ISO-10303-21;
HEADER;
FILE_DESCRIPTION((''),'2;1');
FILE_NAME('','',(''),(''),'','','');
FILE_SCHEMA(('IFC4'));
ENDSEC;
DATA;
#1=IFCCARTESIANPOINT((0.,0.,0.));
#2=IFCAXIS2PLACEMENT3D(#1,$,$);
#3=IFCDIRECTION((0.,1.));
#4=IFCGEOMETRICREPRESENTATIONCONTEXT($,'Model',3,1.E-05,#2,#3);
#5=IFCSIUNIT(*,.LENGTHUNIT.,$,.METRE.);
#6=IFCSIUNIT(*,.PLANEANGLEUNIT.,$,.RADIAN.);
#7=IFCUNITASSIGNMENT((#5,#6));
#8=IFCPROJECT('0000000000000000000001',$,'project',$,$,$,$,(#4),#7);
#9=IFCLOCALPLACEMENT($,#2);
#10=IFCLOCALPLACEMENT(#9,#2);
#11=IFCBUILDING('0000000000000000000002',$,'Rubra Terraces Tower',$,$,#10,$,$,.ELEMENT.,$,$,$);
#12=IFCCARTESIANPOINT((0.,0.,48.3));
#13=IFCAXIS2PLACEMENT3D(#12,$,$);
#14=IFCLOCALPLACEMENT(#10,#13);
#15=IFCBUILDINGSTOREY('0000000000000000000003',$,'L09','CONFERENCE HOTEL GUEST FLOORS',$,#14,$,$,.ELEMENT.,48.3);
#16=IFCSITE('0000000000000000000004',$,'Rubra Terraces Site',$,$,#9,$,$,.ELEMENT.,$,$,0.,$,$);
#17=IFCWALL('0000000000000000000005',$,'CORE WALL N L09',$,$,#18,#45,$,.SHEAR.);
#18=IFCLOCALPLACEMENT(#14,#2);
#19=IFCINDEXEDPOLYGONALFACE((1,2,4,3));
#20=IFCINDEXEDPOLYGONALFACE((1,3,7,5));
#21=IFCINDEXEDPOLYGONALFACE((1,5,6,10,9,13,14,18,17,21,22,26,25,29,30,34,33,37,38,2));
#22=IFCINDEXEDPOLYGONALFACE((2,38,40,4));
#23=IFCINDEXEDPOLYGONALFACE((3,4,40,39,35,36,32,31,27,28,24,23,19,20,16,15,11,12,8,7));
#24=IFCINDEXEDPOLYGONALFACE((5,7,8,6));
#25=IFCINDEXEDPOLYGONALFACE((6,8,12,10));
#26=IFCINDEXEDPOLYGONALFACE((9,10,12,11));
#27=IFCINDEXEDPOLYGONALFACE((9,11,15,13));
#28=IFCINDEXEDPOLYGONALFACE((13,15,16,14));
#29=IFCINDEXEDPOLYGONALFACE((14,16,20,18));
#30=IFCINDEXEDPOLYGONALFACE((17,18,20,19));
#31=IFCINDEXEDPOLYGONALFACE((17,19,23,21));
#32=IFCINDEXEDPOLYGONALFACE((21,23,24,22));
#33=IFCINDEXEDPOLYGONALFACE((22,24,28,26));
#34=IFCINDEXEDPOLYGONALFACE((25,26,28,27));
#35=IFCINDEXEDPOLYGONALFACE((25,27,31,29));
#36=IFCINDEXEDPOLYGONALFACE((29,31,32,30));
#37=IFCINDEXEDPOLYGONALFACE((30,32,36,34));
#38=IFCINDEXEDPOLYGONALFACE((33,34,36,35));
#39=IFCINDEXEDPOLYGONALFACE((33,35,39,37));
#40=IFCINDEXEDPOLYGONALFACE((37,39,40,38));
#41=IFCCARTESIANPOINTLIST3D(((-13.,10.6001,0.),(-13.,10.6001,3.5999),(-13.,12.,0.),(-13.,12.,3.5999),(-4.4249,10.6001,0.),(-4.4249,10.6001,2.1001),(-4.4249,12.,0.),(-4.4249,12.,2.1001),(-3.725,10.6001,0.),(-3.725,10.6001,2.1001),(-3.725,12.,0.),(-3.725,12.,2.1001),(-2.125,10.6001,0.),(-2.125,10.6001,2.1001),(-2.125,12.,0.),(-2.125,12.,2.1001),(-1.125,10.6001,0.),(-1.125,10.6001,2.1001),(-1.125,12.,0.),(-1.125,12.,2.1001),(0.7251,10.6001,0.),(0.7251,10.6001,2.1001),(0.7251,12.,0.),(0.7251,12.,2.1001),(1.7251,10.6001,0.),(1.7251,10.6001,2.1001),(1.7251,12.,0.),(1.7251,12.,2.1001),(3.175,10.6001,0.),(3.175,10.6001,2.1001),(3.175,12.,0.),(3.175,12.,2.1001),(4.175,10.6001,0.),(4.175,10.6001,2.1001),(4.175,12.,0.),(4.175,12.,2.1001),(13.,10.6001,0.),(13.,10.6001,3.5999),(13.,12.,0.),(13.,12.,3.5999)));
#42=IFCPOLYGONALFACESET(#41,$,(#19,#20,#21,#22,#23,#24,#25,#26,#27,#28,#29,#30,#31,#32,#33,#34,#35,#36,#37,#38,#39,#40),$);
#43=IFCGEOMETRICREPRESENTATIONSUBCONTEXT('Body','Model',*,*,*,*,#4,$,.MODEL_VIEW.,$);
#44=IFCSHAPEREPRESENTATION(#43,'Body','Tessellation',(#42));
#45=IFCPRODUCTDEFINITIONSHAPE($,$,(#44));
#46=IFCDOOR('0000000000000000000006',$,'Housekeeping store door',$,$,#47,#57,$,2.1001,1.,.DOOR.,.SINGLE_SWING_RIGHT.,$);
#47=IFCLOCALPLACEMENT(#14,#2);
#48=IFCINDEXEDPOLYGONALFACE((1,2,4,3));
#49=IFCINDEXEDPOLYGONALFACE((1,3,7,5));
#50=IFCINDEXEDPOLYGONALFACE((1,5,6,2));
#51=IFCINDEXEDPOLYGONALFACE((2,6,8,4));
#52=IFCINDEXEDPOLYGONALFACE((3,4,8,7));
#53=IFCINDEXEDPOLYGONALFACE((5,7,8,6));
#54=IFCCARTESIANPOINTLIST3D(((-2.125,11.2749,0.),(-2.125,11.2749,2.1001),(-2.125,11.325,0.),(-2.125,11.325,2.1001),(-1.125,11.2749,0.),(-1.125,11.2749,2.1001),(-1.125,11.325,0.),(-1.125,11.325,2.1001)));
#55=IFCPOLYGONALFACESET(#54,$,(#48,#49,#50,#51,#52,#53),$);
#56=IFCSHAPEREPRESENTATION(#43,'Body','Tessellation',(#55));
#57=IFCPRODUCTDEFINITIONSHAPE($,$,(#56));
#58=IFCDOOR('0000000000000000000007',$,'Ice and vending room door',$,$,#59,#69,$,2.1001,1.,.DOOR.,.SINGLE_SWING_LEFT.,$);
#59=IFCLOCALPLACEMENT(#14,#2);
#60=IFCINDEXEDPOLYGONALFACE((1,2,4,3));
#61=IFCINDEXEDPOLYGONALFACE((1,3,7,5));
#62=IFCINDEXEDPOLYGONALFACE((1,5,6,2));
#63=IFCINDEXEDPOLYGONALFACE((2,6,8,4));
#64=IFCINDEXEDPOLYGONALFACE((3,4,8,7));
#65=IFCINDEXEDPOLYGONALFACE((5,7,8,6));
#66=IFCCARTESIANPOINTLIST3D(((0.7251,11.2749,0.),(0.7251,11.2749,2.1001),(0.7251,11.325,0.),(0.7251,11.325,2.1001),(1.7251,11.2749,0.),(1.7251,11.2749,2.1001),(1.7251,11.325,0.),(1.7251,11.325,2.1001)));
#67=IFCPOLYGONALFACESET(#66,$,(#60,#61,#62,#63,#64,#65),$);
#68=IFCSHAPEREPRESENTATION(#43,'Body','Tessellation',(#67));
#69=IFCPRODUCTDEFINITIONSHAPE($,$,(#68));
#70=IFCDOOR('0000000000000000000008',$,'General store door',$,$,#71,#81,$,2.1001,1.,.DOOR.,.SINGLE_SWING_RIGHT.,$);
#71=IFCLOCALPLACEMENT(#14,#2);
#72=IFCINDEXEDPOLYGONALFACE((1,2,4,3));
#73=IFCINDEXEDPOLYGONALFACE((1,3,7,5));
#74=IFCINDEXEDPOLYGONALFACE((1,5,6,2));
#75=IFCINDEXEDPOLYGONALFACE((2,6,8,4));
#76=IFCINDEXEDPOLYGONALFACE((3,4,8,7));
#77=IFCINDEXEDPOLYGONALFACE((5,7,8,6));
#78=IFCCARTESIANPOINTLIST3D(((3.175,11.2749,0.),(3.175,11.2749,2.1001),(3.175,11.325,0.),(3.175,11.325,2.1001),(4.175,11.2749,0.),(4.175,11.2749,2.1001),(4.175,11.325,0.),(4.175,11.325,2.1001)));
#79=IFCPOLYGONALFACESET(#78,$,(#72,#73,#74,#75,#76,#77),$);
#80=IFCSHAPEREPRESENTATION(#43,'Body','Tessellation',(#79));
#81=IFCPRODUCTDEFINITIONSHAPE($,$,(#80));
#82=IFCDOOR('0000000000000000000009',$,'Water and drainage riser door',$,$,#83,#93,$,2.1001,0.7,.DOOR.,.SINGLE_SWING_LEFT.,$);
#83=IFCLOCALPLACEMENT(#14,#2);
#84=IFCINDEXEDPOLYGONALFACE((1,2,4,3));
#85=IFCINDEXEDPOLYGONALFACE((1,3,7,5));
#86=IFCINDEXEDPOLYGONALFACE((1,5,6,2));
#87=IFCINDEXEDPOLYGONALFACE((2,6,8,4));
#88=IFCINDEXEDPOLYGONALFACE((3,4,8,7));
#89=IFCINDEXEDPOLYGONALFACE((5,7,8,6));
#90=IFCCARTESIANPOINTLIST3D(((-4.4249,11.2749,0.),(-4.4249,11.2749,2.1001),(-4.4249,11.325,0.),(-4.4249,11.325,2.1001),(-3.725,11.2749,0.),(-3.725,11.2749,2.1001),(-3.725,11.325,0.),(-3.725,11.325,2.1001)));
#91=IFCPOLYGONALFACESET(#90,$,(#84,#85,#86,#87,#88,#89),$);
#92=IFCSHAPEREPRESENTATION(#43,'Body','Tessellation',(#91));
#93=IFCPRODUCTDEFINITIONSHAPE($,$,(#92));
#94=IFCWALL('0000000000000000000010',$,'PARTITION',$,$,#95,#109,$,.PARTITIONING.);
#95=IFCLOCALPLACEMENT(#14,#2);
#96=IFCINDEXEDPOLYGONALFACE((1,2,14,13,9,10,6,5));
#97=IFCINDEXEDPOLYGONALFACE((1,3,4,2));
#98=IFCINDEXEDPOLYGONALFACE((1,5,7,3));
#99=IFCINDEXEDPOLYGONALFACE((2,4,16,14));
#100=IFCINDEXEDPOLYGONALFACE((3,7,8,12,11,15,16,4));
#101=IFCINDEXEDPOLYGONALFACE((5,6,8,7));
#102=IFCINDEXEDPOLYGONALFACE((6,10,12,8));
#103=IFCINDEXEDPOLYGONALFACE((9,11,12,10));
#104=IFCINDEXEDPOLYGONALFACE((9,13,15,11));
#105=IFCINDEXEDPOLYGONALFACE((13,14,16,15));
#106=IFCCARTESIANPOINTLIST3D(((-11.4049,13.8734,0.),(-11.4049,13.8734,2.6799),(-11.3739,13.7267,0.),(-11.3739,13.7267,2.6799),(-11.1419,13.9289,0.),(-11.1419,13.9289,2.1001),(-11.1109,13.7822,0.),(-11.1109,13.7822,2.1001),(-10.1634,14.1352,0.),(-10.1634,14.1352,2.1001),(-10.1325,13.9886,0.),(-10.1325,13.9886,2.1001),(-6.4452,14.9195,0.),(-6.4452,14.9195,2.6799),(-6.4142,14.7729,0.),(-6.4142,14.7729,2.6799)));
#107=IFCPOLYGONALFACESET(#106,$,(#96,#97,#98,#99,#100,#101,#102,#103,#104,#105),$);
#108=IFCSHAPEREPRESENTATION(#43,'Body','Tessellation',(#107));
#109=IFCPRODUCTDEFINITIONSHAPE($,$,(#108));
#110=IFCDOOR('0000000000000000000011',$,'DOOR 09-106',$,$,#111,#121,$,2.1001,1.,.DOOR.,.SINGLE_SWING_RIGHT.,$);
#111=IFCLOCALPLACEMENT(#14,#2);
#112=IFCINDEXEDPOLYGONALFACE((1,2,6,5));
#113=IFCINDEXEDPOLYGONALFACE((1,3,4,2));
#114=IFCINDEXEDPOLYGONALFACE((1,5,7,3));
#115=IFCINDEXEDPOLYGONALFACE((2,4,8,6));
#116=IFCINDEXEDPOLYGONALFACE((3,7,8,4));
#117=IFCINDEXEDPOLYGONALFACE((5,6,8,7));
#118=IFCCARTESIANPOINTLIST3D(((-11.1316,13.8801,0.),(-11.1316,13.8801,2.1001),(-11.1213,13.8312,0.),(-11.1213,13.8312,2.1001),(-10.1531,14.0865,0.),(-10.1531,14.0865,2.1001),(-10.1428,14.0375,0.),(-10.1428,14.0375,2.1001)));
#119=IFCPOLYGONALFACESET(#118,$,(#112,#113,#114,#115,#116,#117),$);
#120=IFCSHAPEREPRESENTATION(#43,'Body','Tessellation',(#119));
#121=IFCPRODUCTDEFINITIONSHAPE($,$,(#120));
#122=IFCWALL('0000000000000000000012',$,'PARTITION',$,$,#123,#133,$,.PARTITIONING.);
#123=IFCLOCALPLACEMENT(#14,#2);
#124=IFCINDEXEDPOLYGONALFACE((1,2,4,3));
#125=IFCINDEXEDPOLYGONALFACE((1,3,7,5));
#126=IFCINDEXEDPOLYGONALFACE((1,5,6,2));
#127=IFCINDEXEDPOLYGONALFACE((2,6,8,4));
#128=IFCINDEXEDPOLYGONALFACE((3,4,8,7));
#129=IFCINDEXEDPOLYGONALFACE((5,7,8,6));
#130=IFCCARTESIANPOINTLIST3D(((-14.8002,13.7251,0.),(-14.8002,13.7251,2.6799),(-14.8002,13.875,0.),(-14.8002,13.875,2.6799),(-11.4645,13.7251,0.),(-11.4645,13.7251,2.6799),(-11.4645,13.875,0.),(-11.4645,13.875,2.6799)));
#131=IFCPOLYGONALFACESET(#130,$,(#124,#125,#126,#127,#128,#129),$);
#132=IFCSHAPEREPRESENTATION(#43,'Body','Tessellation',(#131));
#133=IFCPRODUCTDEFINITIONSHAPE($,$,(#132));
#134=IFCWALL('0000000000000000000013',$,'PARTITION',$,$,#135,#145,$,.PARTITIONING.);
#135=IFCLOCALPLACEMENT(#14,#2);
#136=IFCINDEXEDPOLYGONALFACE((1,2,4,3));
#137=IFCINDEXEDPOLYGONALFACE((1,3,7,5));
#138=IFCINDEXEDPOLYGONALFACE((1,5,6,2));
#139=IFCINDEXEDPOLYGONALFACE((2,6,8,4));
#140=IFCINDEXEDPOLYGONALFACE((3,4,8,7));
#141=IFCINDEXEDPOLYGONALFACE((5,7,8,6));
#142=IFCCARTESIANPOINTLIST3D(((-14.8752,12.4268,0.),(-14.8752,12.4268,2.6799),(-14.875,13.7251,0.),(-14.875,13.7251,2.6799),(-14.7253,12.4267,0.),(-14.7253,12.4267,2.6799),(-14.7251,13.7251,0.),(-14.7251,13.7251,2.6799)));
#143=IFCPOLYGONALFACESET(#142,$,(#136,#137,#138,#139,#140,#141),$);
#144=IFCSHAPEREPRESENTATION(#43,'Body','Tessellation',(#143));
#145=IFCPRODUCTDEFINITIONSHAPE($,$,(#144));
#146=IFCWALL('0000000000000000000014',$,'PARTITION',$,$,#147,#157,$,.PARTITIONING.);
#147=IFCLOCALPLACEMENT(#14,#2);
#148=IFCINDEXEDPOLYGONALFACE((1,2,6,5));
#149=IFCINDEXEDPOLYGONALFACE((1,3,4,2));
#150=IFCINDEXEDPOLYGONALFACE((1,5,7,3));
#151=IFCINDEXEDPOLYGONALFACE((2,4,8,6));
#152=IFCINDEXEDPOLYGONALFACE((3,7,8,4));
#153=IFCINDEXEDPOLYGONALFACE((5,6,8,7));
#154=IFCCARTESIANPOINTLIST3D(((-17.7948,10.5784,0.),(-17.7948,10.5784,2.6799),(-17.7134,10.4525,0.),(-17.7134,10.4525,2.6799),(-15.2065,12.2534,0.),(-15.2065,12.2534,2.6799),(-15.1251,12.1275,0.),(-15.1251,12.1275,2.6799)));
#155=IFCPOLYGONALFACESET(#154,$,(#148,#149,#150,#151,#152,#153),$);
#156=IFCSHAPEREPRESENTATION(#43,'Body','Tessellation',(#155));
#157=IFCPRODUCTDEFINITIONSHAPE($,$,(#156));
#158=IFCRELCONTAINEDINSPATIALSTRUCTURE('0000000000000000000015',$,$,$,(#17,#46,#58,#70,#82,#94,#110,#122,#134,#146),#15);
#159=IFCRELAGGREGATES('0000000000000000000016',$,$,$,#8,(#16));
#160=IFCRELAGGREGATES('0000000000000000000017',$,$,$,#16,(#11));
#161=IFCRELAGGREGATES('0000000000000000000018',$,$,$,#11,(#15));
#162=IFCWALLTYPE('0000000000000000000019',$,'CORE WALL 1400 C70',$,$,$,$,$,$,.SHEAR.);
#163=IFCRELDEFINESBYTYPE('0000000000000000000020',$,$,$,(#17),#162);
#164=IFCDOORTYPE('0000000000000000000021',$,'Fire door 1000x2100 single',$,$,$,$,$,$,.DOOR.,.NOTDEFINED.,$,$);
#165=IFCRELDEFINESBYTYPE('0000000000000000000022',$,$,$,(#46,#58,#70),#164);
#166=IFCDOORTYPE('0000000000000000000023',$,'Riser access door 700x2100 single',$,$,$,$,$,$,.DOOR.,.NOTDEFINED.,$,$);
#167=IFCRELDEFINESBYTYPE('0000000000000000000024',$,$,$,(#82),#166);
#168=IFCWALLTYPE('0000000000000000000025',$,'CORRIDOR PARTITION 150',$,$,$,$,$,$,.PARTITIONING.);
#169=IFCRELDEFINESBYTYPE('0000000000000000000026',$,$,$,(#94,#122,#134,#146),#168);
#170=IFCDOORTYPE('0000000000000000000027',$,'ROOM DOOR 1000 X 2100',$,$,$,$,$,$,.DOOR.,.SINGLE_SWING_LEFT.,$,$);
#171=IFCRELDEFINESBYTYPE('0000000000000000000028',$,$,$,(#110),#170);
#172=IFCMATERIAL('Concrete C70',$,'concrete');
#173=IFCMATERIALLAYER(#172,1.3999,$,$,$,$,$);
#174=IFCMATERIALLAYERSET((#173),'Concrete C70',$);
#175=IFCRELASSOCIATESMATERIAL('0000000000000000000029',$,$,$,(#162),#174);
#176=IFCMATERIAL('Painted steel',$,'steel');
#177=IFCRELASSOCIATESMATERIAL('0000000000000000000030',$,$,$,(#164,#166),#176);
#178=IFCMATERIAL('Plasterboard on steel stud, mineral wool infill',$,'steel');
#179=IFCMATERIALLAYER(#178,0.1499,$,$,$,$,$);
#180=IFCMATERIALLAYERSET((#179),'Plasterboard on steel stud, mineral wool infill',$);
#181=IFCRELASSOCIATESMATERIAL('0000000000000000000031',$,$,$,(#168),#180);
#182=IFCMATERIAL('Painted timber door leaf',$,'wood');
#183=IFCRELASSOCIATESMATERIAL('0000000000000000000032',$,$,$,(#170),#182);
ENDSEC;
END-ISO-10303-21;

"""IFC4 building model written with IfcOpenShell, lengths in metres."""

from ifc_helpers import new_model, si_unit, direction, frame, frame_2d, origin, place, context, subcontext, project, spatial, rectangle, extrude, material, layer, layer_set, type_object, element, fill, save


model = new_model("IFC4")

# Units and contexts
model_context = context("Model", 3, precision=1e-05, world=origin(), true_north=direction((0.0, 1.0)))
body_context = subcontext(model_context, "Body", "Model", "MODEL_VIEW")
ifc_project = project(units=[si_unit("LENGTHUNIT", "METRE"), si_unit("PLANEANGLEUNIT", "RADIAN")], contexts=[model_context])

# Site, building, storey
site_placement = place(None, origin())
site = spatial("IfcSite", under=ifc_project, at=site_placement, Name="Rubra Terraces Site", CompositionType="ELEMENT", RefElevation=0.0)
building_placement = place(site_placement, origin())
building = spatial("IfcBuilding", under=site, at=building_placement, Name="Rubra Terraces Tower", CompositionType="ELEMENT")
storey_placement = place(building_placement, frame((0.0, 0.0, 48.3)))
storey = spatial("IfcBuildingStorey", under=building, at=storey_placement, Name="L09", Description="CONFERENCE HOTEL GUEST FLOORS", CompositionType="ELEMENT", Elevation=48.3)

# Wall, openings, doors
ifc_material_1 = material(Name="Concrete C70", Category="concrete")
ifc_layer_1 = layer(ifc_material_1, 1.3999)
ifc_layer_set_1 = layer_set([ifc_layer_1], Name="Concrete C70")
wall_type_1 = type_object("IfcWallType", Name="CORE WALL 1400 C70", PredefinedType="SHEAR", material=ifc_layer_set_1)
wall_1_placement = place(storey_placement, frame((-13.0, 11.3, 0.0), z_axis=(0.0, 0.0, 1.0), x_axis=(1.0, 0.0, 0.0)))
wall_1 = element("IfcWall", 1, at=wall_1_placement, inside=storey, type_object=wall_type_1, Name="CORE WALL N L09", PredefinedType="SHEAR", context=body_context, shape_type="SweptSolid", body=[
    extrude(rectangle(XDim=26.0, YDim=1.3999, at=frame_2d((13.0, 0.0))), origin(), (0.0, 0.0, 1.0), 3.5999),
])
opening_1_placement = place(wall_1_placement, frame((8.575, 0.0, 0.0)))
opening_1 = element("IfcOpeningElement", 2, at=opening_1_placement, cuts=wall_1, PredefinedType="OPENING", context=body_context, shape_type="SweptSolid", body=[
    extrude(rectangle(XDim=0.7, YDim=2.1001, at=frame_2d((0.3501, 1.05))), frame((0.0, 0.71, 0.0), z_axis=(0.0, -1.0, 0.0), x_axis=(1.0, 0.0, 0.0)), (0.0, 0.0, 1.0), 1.4199),
])
opening_2_placement = place(wall_1_placement, frame((10.875, 0.0, 0.0)))
opening_2 = element("IfcOpeningElement", 3, at=opening_2_placement, cuts=wall_1, PredefinedType="OPENING", context=body_context, shape_type="SweptSolid", body=[
    extrude(rectangle(XDim=1.0, YDim=2.1001, at=frame_2d((0.5, 1.05))), frame((0.0, 0.71, 0.0), z_axis=(0.0, -1.0, 0.0), x_axis=(1.0, 0.0, 0.0)), (0.0, 0.0, 1.0), 1.4199),
])
opening_3_placement = place(wall_1_placement, frame((13.7251, 0.0, 0.0)))
opening_3 = element("IfcOpeningElement", 4, at=opening_3_placement, cuts=wall_1, PredefinedType="OPENING", context=body_context, shape_type="SweptSolid", body=[
    extrude(rectangle(XDim=1.0, YDim=2.1001, at=frame_2d((0.5, 1.05))), frame((0.0, 0.71, 0.0), z_axis=(0.0, -1.0, 0.0), x_axis=(1.0, 0.0, 0.0)), (0.0, 0.0, 1.0), 1.4199),
])
opening_4_placement = place(wall_1_placement, frame((16.175, 0.0, 0.0)))
opening_4 = element("IfcOpeningElement", 5, at=opening_4_placement, cuts=wall_1, PredefinedType="OPENING", context=body_context, shape_type="SweptSolid", body=[
    extrude(rectangle(XDim=1.0, YDim=2.1001, at=frame_2d((0.5, 1.05))), frame((0.0, 0.71, 0.0), z_axis=(0.0, -1.0, 0.0), x_axis=(1.0, 0.0, 0.0)), (0.0, 0.0, 1.0), 1.4199),
])
ifc_material_2 = material(Name="Painted steel", Category="steel")
door_type_1 = type_object("IfcDoorType", Name="Fire door 1000x2100 single", OperationType="NOTDEFINED", PredefinedType="DOOR", material=ifc_material_2)
door_1_placement = place(opening_2_placement, origin())
door_1 = element("IfcDoor", 6, at=door_1_placement, inside=storey, type_object=door_type_1, Name="Housekeeping store door", OperationType="SINGLE_SWING_RIGHT", OverallHeight=2.1001, OverallWidth=1.0, PredefinedType="DOOR", context=body_context, shape_type="SweptSolid", body=[
    extrude(rectangle(XDim=1.0, YDim=2.1001, at=frame_2d((0.5, 1.05))), frame((0.0, 0.0249, 0.0), z_axis=(0.0, -1.0, 0.0), x_axis=(1.0, 0.0, 0.0)), (0.0, 0.0, 1.0), 0.05),
])
fill(opening_2, door_1)
door_2_placement = place(opening_3_placement, origin())
door_2 = element("IfcDoor", 7, at=door_2_placement, inside=storey, type_object=door_type_1, Name="Ice and vending room door", OperationType="SINGLE_SWING_LEFT", OverallHeight=2.1001, OverallWidth=1.0, PredefinedType="DOOR", context=body_context, shape_type="SweptSolid", body=[
    extrude(rectangle(XDim=1.0, YDim=2.1001, at=frame_2d((0.5, 1.05))), frame((0.0, 0.0249, 0.0), z_axis=(0.0, -1.0, 0.0), x_axis=(1.0, 0.0, 0.0)), (0.0, 0.0, 1.0), 0.05),
])
fill(opening_3, door_2)
door_3_placement = place(opening_4_placement, origin())
door_3 = element("IfcDoor", 8, at=door_3_placement, inside=storey, type_object=door_type_1, Name="General store door", OperationType="SINGLE_SWING_RIGHT", OverallHeight=2.1001, OverallWidth=1.0, PredefinedType="DOOR", context=body_context, shape_type="SweptSolid", body=[
    extrude(rectangle(XDim=1.0, YDim=2.1001, at=frame_2d((0.5, 1.05))), frame((0.0, 0.0249, 0.0), z_axis=(0.0, -1.0, 0.0), x_axis=(1.0, 0.0, 0.0)), (0.0, 0.0, 1.0), 0.05),
])
fill(opening_4, door_3)
door_type_2 = type_object("IfcDoorType", Name="Riser access door 700x2100 single", OperationType="NOTDEFINED", PredefinedType="DOOR", material=ifc_material_2)
door_4_placement = place(opening_1_placement, origin())
door_4 = element("IfcDoor", 9, at=door_4_placement, inside=storey, type_object=door_type_2, Name="Water and drainage riser door", OperationType="SINGLE_SWING_LEFT", OverallHeight=2.1001, OverallWidth=0.7, PredefinedType="DOOR", context=body_context, shape_type="SweptSolid", body=[
    extrude(rectangle(XDim=0.7, YDim=2.1001, at=frame_2d((0.3501, 1.05))), frame((0.0, 0.0249, 0.0), z_axis=(0.0, -1.0, 0.0), x_axis=(1.0, 0.0, 0.0)), (0.0, 0.0, 1.0), 0.05),
])
fill(opening_1, door_4)

# Wall, opening, door
ifc_material_3 = material(Name="Plasterboard on steel stud, mineral wool infill", Category="steel")
ifc_layer_2 = layer(ifc_material_3, 0.1499)
ifc_layer_set_2 = layer_set([ifc_layer_2], Name="Plasterboard on steel stud, mineral wool infill")
wall_type_2 = type_object("IfcWallType", Name="CORRIDOR PARTITION 150", PredefinedType="PARTITIONING", material=ifc_layer_set_2)
wall_2_placement = place(storey_placement, frame((-6.4297, 14.8462, 0.0), z_axis=(0.0, 0.0, 1.0), x_axis=(-0.978471, -0.206387, 0.0)))
wall_2 = element("IfcWall", 10, at=wall_2_placement, inside=storey, type_object=wall_type_2, Name="PARTITION", PredefinedType="PARTITIONING", context=body_context, shape_type="SweptSolid", body=[
    extrude(rectangle(XDim=5.0688, YDim=0.1499, at=frame_2d((2.5344, 0.0))), origin(), (0.0, 0.0, 1.0), 2.6799),
])
opening_5_placement = place(wall_2_placement, frame((3.8, 0.0, 0.0)))
opening_5 = element("IfcOpeningElement", 11, at=opening_5_placement, cuts=wall_2, PredefinedType="OPENING", context=body_context, shape_type="SweptSolid", body=[
    extrude(rectangle(XDim=1.0, YDim=2.1001, at=frame_2d((0.5, 1.05))), frame((0.0, 0.085, 0.0), z_axis=(0.0, -1.0, 0.0), x_axis=(1.0, 0.0, 0.0)), (0.0, 0.0, 1.0), 0.1699),
])
ifc_material_4 = material(Name="Painted timber door leaf", Category="wood")
door_type_3 = type_object("IfcDoorType", Name="ROOM DOOR 1000 X 2100", OperationType="SINGLE_SWING_LEFT", PredefinedType="DOOR", material=ifc_material_4)
door_5_placement = place(opening_5_placement, origin())
door_5 = element("IfcDoor", 12, at=door_5_placement, inside=storey, type_object=door_type_3, Name="DOOR 09-106", OperationType="SINGLE_SWING_RIGHT", OverallHeight=2.1001, OverallWidth=1.0, PredefinedType="DOOR", context=body_context, shape_type="SweptSolid", body=[
    extrude(rectangle(XDim=1.0, YDim=2.1001, at=frame_2d((0.5, 1.05))), frame((0.0, 0.0249, 0.0), z_axis=(0.0, -1.0, 0.0), x_axis=(1.0, 0.0, 0.0)), (0.0, 0.0, 1.0), 0.05),
])
fill(opening_5, door_5)

# Walls
wall_3_placement = place(storey_placement, frame((-11.4644, 13.8, 0.0), z_axis=(0.0, 0.0, 1.0), x_axis=(-1.0, 0.0, 0.0)))
element("IfcWall", 13, at=wall_3_placement, inside=storey, type_object=wall_type_2, Name="PARTITION", PredefinedType="PARTITIONING", context=body_context, shape_type="SweptSolid", body=[
    extrude(rectangle(XDim=3.3357, YDim=0.1499, at=frame_2d((1.668, 0.0))), origin(), (0.0, 0.0, 1.0), 2.6799),
])
wall_4_placement = place(storey_placement, frame((-14.8, 13.7251, 0.0), z_axis=(0.0, 0.0, 1.0), x_axis=(-0.000188, -1.0, 0.0)))
element("IfcWall", 14, at=wall_4_placement, inside=storey, type_object=wall_type_2, Name="PARTITION", PredefinedType="PARTITIONING", context=body_context, shape_type="SweptSolid", body=[
    extrude(rectangle(XDim=1.2983, YDim=0.1499, at=frame_2d((0.6492, 0.0))), origin(), (0.0, 0.0, 1.0), 2.6799),
])
wall_5_placement = place(storey_placement, frame((-15.1658, 12.1904, 0.0), z_axis=(0.0, 0.0, 1.0), x_axis=(-0.839538, -0.543301, 0.0)))
element("IfcWall", 15, at=wall_5_placement, inside=storey, type_object=wall_type_2, Name="PARTITION", PredefinedType="PARTITIONING", context=body_context, shape_type="SweptSolid", body=[
    extrude(rectangle(XDim=3.083, YDim=0.1499, at=frame_2d((1.5415, 0.0))), origin(), (0.0, 0.0, 1.0), 2.6799),
])

save(model, "model.ifc")
